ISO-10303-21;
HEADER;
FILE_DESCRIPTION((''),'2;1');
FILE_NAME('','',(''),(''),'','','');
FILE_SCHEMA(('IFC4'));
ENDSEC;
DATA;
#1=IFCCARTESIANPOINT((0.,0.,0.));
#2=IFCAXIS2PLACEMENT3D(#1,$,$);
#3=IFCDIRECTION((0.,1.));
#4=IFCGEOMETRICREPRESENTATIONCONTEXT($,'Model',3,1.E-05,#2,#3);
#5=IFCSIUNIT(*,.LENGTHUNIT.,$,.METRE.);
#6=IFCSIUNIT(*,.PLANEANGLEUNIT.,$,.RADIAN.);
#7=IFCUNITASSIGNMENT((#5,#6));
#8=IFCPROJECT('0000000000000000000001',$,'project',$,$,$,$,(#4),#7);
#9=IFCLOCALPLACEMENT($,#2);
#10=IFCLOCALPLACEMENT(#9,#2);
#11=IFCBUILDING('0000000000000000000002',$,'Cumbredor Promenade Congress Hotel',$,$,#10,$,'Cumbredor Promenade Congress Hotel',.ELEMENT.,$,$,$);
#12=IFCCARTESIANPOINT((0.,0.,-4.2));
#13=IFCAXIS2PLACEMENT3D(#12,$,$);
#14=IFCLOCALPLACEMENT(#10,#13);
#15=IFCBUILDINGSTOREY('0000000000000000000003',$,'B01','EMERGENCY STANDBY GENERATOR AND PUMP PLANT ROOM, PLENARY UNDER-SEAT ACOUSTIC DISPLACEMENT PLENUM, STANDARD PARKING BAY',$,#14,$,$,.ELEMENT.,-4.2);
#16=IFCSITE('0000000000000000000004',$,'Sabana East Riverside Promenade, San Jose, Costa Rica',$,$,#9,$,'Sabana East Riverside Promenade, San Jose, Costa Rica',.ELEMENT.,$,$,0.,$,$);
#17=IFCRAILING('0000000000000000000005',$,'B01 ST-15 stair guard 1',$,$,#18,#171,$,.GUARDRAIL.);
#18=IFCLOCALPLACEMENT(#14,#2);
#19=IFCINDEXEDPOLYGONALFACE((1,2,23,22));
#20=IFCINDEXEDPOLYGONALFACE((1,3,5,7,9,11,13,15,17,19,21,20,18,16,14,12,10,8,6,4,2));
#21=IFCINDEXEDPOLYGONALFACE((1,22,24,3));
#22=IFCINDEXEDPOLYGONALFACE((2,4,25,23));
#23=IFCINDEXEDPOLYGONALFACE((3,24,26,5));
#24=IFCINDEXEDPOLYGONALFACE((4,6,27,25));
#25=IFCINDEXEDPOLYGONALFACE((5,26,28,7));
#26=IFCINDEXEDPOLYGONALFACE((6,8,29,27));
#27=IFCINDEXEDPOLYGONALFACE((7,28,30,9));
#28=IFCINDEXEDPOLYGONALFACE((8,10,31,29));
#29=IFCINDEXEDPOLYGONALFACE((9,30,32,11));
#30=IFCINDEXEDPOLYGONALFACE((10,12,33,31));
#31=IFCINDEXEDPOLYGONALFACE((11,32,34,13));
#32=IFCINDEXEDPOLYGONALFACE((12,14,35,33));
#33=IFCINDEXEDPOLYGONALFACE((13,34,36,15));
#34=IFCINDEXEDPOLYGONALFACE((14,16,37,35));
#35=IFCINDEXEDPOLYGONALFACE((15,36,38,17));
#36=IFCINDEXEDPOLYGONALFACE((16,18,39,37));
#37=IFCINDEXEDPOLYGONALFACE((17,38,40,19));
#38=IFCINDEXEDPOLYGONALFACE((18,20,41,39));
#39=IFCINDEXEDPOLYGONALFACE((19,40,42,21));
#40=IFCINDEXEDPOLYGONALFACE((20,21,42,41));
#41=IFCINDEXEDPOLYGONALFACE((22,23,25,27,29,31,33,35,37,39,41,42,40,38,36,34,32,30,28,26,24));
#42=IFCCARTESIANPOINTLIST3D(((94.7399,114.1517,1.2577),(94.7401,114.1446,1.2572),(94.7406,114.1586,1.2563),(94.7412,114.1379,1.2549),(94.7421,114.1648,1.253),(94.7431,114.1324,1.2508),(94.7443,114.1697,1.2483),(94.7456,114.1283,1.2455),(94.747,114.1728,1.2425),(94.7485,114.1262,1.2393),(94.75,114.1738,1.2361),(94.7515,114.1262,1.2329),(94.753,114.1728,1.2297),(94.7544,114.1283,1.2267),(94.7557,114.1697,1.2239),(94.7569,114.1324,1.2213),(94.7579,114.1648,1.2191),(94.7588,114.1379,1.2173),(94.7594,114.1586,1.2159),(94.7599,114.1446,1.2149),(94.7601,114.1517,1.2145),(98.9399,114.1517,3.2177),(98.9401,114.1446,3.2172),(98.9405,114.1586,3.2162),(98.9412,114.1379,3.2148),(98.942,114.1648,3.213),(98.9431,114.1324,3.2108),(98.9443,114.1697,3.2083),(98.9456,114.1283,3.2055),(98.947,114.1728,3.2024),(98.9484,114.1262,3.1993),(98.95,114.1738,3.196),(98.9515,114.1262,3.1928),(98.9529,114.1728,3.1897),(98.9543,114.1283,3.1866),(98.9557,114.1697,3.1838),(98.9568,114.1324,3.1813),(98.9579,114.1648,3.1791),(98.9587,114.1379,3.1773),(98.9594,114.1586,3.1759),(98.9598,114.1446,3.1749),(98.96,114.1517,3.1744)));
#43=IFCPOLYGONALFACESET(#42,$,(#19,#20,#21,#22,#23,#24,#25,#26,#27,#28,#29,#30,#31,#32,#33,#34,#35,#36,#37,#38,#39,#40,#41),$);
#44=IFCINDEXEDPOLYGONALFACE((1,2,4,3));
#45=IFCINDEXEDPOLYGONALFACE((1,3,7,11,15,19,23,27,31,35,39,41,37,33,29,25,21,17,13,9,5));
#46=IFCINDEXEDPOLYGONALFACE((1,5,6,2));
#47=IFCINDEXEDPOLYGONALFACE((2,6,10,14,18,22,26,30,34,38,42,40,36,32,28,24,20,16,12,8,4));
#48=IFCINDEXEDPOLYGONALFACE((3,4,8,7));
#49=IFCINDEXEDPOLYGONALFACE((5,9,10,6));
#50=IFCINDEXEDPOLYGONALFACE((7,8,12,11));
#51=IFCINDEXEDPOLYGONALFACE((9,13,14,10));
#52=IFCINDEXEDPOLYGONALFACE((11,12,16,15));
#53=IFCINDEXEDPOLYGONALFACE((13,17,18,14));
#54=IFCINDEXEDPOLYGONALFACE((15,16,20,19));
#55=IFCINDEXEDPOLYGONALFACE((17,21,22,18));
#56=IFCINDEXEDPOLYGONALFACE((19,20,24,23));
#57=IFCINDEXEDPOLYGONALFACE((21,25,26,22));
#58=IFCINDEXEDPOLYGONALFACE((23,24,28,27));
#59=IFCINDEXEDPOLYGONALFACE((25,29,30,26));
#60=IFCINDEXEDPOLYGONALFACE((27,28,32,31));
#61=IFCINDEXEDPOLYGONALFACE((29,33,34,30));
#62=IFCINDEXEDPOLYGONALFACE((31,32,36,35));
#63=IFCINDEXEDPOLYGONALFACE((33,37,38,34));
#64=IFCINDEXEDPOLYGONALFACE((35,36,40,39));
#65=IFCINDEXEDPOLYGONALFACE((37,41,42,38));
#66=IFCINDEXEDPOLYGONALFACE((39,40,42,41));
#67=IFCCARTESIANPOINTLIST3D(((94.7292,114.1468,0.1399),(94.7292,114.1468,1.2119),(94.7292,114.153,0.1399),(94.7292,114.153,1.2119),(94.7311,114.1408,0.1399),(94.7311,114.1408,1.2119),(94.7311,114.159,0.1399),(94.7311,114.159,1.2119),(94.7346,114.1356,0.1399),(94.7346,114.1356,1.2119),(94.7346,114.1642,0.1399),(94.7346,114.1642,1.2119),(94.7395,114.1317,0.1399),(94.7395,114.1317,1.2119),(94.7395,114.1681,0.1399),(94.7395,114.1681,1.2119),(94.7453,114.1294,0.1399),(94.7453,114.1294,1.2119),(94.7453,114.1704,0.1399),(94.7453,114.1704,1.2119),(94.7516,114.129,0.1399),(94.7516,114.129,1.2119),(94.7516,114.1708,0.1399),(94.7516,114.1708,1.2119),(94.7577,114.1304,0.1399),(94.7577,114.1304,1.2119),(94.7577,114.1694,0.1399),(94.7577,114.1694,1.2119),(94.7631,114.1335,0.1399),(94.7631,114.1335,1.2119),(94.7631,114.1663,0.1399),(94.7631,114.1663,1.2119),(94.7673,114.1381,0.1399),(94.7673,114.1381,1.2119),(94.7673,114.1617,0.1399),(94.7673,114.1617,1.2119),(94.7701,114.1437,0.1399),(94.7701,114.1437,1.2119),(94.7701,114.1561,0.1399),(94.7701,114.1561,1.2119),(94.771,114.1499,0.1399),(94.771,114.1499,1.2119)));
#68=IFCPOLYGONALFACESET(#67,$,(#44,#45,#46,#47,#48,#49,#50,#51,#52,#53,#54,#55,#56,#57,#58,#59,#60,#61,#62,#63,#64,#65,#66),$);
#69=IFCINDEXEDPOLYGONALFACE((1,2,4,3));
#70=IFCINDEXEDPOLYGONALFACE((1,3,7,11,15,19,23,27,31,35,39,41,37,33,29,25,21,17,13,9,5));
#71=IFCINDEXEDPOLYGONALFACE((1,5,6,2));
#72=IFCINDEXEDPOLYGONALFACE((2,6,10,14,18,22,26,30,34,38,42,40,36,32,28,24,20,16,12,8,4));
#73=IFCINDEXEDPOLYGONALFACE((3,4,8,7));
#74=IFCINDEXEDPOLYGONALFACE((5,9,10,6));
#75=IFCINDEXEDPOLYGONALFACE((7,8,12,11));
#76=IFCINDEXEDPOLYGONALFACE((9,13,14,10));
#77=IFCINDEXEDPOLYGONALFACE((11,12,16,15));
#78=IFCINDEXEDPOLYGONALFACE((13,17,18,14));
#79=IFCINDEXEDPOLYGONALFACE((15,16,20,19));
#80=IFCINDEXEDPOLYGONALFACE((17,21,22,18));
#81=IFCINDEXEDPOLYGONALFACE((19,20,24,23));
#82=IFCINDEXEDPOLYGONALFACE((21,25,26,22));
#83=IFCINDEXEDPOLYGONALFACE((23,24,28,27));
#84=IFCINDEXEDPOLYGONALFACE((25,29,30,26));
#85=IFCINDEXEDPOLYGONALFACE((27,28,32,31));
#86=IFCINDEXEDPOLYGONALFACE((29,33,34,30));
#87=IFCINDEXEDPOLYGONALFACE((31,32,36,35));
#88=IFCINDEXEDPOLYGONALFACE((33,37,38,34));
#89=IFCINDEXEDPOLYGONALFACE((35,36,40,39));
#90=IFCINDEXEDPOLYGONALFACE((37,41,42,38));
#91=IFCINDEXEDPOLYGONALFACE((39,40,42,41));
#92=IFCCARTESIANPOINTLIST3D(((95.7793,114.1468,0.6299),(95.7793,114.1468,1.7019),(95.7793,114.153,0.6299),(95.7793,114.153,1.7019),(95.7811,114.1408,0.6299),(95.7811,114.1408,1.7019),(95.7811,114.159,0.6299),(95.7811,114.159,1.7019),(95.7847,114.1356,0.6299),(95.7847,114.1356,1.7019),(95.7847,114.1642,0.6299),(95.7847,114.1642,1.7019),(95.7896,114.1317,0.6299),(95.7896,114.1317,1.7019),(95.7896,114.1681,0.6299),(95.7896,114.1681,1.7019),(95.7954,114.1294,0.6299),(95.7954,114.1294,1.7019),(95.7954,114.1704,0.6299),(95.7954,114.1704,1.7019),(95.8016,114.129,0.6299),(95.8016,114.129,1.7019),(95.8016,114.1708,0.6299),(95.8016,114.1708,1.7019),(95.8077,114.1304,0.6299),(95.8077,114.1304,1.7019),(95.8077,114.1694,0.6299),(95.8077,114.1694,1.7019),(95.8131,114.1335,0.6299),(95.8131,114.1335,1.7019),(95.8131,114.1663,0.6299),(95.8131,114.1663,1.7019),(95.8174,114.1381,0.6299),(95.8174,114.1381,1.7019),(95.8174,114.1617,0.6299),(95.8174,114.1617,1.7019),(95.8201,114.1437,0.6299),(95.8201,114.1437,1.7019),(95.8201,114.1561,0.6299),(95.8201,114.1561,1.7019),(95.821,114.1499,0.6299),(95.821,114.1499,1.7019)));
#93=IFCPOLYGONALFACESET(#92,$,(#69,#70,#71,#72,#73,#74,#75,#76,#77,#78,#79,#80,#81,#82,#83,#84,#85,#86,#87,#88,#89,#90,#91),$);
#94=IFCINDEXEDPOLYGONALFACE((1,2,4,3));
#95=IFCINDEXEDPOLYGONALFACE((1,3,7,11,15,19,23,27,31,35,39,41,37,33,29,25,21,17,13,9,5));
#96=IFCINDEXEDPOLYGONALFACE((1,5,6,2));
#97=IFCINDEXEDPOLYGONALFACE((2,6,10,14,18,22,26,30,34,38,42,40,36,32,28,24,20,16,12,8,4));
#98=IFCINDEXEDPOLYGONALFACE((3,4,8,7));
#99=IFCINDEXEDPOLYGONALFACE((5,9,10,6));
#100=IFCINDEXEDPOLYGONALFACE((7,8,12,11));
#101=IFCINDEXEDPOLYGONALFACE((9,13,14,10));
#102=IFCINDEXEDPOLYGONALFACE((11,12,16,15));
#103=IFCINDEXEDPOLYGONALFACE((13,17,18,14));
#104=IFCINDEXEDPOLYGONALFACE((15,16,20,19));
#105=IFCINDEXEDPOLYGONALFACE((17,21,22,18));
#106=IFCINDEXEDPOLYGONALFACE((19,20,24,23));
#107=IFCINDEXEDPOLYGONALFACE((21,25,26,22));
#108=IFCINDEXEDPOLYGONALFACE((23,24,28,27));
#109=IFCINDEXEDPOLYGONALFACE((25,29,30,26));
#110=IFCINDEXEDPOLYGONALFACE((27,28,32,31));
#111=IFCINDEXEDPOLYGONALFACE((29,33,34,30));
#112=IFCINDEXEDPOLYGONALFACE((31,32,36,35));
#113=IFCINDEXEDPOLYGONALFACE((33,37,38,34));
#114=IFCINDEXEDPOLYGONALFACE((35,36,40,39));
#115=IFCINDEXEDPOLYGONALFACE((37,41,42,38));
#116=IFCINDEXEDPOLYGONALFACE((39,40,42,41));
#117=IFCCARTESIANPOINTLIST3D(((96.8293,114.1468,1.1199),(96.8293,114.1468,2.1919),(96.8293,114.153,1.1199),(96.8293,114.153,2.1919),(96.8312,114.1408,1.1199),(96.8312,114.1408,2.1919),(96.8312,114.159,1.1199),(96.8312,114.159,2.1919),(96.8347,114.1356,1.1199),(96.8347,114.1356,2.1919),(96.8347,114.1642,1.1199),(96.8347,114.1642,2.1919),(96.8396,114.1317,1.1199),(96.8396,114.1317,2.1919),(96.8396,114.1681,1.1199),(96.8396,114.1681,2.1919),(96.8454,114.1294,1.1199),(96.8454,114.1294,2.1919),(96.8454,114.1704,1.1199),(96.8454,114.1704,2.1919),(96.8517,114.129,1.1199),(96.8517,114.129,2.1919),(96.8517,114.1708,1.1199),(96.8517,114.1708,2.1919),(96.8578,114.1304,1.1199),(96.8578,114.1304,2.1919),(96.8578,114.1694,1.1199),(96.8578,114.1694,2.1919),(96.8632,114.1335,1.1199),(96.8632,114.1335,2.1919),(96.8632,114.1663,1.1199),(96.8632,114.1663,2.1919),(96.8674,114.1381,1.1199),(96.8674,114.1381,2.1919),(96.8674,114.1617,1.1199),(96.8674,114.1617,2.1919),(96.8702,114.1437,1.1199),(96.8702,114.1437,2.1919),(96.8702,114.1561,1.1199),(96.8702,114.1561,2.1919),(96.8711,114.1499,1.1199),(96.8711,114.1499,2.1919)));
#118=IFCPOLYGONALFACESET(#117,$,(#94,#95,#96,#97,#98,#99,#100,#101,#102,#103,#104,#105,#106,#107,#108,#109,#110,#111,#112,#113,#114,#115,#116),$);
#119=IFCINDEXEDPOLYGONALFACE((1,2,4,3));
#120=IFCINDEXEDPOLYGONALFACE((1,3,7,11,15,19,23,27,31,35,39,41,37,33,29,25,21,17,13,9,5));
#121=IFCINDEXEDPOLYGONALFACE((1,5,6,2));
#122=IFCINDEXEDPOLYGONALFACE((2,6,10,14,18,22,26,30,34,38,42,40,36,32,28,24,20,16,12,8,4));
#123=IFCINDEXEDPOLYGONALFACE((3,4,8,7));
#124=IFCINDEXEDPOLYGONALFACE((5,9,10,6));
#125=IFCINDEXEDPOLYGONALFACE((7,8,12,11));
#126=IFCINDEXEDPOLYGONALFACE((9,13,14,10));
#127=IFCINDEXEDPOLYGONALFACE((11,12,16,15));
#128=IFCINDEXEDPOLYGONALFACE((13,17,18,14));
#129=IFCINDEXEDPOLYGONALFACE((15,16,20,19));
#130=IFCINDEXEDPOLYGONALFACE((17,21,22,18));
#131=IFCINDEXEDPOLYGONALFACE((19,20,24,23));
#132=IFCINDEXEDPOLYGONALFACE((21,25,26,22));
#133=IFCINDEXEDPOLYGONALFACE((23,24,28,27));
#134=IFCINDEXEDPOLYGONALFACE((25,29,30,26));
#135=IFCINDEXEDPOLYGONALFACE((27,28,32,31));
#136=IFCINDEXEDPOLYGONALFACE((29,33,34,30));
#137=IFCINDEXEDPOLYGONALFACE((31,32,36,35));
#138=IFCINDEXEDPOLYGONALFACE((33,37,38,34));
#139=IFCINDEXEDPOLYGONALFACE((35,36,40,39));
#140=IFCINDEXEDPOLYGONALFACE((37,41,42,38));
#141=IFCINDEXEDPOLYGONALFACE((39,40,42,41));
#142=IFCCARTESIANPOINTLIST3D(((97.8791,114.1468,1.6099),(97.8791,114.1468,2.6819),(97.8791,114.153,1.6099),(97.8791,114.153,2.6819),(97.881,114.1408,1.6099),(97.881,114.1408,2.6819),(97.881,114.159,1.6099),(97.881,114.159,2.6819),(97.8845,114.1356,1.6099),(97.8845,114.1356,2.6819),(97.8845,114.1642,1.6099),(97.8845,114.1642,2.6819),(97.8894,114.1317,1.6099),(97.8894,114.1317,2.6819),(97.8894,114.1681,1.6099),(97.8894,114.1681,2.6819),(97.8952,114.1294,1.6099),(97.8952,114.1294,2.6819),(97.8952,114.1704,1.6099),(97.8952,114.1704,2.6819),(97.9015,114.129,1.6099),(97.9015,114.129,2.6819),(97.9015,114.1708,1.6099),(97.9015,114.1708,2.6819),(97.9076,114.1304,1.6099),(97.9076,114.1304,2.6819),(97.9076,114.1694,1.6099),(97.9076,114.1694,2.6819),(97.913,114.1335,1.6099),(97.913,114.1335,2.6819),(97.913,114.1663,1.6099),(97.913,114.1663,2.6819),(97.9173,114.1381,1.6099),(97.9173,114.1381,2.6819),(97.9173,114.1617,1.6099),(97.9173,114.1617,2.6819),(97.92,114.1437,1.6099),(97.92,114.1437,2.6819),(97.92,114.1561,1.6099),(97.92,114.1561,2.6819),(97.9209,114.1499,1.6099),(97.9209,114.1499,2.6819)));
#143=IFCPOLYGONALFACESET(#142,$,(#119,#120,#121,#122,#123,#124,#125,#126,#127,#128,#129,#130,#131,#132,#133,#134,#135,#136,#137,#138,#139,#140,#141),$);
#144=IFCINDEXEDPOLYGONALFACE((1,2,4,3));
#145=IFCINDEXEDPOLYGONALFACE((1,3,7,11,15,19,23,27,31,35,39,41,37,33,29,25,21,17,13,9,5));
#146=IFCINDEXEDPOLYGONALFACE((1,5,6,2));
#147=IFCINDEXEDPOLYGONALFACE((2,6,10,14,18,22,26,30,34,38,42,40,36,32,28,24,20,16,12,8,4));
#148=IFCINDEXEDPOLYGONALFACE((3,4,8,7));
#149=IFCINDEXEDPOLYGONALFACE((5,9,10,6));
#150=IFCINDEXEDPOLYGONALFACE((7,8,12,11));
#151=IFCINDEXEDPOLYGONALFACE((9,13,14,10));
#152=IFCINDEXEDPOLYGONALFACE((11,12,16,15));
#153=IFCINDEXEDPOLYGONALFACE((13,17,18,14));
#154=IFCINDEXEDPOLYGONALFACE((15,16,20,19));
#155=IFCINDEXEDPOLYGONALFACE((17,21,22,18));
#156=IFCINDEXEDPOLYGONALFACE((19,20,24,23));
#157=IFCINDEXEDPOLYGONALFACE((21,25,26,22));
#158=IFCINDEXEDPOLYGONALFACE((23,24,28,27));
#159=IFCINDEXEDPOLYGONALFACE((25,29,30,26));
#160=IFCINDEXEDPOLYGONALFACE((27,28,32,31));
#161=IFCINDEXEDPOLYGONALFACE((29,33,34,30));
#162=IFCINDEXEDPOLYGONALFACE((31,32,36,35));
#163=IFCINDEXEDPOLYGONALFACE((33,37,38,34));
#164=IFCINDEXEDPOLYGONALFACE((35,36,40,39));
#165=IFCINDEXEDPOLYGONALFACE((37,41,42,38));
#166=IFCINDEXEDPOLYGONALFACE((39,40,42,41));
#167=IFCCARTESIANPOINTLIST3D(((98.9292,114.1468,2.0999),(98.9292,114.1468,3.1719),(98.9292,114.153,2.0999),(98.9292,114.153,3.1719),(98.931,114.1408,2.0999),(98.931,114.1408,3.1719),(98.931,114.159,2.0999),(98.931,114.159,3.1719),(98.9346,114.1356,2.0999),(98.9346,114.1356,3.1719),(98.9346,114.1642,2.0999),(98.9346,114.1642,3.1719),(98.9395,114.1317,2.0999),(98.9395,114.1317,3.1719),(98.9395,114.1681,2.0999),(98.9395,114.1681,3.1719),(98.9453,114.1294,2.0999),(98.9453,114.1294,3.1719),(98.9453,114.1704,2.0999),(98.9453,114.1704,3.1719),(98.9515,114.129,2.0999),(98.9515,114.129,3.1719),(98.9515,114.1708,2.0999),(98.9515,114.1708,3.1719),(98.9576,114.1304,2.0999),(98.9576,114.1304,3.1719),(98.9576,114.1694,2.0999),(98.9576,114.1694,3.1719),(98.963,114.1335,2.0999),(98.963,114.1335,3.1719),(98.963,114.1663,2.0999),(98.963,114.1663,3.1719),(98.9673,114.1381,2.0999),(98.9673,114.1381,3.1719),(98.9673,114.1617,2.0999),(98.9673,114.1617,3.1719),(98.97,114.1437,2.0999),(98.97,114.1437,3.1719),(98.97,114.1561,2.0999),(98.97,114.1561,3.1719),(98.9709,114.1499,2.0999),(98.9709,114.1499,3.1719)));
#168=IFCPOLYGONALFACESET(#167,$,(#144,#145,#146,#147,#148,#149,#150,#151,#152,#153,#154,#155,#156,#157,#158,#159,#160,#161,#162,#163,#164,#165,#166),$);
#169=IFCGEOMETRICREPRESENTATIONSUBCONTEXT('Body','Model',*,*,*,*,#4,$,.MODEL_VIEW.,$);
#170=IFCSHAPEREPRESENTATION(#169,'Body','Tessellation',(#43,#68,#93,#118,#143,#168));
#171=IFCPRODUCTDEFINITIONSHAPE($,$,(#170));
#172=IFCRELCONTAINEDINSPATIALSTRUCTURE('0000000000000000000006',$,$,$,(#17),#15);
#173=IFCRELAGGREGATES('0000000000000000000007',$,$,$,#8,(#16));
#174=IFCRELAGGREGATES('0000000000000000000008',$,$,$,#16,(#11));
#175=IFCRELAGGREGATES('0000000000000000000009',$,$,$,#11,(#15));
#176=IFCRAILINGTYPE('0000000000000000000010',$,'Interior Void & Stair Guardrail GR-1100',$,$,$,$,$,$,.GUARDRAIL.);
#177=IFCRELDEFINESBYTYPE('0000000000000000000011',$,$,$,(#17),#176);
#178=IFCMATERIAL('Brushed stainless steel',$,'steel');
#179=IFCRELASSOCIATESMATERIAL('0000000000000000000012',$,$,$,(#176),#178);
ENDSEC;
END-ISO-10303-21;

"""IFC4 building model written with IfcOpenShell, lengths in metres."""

from ifc_helpers import new_model, si_unit, direction, frame, origin, origin_2d, place, context, subcontext, project, spatial, circle, extrude, material, type_object, element, save


model = new_model("IFC4")

# Units and contexts
model_context = context("Model", 3, precision=1e-05, world=origin(), true_north=direction((0.0, 1.0)))
body_context = subcontext(model_context, "Body", "Model", "MODEL_VIEW")
ifc_project = project(units=[si_unit("LENGTHUNIT", "METRE"), si_unit("PLANEANGLEUNIT", "RADIAN")], contexts=[model_context])

# Site, building, storey
site_placement = place(None, origin())
site = spatial("IfcSite", under=ifc_project, at=site_placement, Name="Sabana East Riverside Promenade, San Jose, Costa Rica", LongName="Sabana East Riverside Promenade, San Jose, Costa Rica", CompositionType="ELEMENT", RefElevation=0.0)
building_placement = place(site_placement, origin())
building = spatial("IfcBuilding", under=site, at=building_placement, Name="Cumbredor Promenade Congress Hotel", LongName="Cumbredor Promenade Congress Hotel", CompositionType="ELEMENT")
storey_placement = place(building_placement, frame((0.0, 0.0, -4.2)))
storey = spatial("IfcBuildingStorey", under=building, at=storey_placement, Name="B01", Description="EMERGENCY STANDBY GENERATOR AND PUMP PLANT ROOM, PLENARY UNDER-SEAT ACOUSTIC DISPLACEMENT PLENUM, STANDARD PARKING BAY", CompositionType="ELEMENT", Elevation=-4.2)

# Railing
ifc_material_1 = material(Name="Brushed stainless steel", Category="steel")
railing_type_1 = type_object("IfcRailingType", Name="Interior Void & Stair Guardrail GR-1100", PredefinedType="GUARDRAIL", material=ifc_material_1)
railing_1_placement = place(storey_placement, frame((94.75, 114.1499, 0.1399)))
element("IfcRailing", 1, at=railing_1_placement, inside=storey, type_object=railing_type_1, Name="B01 ST-15 stair guard 1", PredefinedType="GUARDRAIL", context=body_context, shape_type="SweptSolid", body=[
    extrude(circle(Radius=0.0239, at=origin_2d()), frame((0.0, 0.0, 1.0962), z_axis=(0.906184, 0.0, 0.422883), x_axis=(0.0, 1.0, 0.0)), (0.0, 0.0, 1.0), 4.6348),
    extrude(circle(Radius=0.021, at=origin_2d()), origin(), (0.0, 0.0, 1.0), 1.072),
    extrude(circle(Radius=0.021, at=origin_2d()), frame((1.05, 0.0, 0.49)), (0.0, 0.0, 1.0), 1.072),
    extrude(circle(Radius=0.021, at=origin_2d()), frame((2.1001, 0.0, 0.98)), (0.0, 0.0, 1.0), 1.072),
    extrude(circle(Radius=0.021, at=origin_2d()), frame((3.1499, 0.0, 1.47)), (0.0, 0.0, 1.0), 1.072),
    extrude(circle(Radius=0.021, at=origin_2d()), frame((4.2, 0.0, 1.96)), (0.0, 0.0, 1.0), 1.072),
])

save(model, "model.ifc")
